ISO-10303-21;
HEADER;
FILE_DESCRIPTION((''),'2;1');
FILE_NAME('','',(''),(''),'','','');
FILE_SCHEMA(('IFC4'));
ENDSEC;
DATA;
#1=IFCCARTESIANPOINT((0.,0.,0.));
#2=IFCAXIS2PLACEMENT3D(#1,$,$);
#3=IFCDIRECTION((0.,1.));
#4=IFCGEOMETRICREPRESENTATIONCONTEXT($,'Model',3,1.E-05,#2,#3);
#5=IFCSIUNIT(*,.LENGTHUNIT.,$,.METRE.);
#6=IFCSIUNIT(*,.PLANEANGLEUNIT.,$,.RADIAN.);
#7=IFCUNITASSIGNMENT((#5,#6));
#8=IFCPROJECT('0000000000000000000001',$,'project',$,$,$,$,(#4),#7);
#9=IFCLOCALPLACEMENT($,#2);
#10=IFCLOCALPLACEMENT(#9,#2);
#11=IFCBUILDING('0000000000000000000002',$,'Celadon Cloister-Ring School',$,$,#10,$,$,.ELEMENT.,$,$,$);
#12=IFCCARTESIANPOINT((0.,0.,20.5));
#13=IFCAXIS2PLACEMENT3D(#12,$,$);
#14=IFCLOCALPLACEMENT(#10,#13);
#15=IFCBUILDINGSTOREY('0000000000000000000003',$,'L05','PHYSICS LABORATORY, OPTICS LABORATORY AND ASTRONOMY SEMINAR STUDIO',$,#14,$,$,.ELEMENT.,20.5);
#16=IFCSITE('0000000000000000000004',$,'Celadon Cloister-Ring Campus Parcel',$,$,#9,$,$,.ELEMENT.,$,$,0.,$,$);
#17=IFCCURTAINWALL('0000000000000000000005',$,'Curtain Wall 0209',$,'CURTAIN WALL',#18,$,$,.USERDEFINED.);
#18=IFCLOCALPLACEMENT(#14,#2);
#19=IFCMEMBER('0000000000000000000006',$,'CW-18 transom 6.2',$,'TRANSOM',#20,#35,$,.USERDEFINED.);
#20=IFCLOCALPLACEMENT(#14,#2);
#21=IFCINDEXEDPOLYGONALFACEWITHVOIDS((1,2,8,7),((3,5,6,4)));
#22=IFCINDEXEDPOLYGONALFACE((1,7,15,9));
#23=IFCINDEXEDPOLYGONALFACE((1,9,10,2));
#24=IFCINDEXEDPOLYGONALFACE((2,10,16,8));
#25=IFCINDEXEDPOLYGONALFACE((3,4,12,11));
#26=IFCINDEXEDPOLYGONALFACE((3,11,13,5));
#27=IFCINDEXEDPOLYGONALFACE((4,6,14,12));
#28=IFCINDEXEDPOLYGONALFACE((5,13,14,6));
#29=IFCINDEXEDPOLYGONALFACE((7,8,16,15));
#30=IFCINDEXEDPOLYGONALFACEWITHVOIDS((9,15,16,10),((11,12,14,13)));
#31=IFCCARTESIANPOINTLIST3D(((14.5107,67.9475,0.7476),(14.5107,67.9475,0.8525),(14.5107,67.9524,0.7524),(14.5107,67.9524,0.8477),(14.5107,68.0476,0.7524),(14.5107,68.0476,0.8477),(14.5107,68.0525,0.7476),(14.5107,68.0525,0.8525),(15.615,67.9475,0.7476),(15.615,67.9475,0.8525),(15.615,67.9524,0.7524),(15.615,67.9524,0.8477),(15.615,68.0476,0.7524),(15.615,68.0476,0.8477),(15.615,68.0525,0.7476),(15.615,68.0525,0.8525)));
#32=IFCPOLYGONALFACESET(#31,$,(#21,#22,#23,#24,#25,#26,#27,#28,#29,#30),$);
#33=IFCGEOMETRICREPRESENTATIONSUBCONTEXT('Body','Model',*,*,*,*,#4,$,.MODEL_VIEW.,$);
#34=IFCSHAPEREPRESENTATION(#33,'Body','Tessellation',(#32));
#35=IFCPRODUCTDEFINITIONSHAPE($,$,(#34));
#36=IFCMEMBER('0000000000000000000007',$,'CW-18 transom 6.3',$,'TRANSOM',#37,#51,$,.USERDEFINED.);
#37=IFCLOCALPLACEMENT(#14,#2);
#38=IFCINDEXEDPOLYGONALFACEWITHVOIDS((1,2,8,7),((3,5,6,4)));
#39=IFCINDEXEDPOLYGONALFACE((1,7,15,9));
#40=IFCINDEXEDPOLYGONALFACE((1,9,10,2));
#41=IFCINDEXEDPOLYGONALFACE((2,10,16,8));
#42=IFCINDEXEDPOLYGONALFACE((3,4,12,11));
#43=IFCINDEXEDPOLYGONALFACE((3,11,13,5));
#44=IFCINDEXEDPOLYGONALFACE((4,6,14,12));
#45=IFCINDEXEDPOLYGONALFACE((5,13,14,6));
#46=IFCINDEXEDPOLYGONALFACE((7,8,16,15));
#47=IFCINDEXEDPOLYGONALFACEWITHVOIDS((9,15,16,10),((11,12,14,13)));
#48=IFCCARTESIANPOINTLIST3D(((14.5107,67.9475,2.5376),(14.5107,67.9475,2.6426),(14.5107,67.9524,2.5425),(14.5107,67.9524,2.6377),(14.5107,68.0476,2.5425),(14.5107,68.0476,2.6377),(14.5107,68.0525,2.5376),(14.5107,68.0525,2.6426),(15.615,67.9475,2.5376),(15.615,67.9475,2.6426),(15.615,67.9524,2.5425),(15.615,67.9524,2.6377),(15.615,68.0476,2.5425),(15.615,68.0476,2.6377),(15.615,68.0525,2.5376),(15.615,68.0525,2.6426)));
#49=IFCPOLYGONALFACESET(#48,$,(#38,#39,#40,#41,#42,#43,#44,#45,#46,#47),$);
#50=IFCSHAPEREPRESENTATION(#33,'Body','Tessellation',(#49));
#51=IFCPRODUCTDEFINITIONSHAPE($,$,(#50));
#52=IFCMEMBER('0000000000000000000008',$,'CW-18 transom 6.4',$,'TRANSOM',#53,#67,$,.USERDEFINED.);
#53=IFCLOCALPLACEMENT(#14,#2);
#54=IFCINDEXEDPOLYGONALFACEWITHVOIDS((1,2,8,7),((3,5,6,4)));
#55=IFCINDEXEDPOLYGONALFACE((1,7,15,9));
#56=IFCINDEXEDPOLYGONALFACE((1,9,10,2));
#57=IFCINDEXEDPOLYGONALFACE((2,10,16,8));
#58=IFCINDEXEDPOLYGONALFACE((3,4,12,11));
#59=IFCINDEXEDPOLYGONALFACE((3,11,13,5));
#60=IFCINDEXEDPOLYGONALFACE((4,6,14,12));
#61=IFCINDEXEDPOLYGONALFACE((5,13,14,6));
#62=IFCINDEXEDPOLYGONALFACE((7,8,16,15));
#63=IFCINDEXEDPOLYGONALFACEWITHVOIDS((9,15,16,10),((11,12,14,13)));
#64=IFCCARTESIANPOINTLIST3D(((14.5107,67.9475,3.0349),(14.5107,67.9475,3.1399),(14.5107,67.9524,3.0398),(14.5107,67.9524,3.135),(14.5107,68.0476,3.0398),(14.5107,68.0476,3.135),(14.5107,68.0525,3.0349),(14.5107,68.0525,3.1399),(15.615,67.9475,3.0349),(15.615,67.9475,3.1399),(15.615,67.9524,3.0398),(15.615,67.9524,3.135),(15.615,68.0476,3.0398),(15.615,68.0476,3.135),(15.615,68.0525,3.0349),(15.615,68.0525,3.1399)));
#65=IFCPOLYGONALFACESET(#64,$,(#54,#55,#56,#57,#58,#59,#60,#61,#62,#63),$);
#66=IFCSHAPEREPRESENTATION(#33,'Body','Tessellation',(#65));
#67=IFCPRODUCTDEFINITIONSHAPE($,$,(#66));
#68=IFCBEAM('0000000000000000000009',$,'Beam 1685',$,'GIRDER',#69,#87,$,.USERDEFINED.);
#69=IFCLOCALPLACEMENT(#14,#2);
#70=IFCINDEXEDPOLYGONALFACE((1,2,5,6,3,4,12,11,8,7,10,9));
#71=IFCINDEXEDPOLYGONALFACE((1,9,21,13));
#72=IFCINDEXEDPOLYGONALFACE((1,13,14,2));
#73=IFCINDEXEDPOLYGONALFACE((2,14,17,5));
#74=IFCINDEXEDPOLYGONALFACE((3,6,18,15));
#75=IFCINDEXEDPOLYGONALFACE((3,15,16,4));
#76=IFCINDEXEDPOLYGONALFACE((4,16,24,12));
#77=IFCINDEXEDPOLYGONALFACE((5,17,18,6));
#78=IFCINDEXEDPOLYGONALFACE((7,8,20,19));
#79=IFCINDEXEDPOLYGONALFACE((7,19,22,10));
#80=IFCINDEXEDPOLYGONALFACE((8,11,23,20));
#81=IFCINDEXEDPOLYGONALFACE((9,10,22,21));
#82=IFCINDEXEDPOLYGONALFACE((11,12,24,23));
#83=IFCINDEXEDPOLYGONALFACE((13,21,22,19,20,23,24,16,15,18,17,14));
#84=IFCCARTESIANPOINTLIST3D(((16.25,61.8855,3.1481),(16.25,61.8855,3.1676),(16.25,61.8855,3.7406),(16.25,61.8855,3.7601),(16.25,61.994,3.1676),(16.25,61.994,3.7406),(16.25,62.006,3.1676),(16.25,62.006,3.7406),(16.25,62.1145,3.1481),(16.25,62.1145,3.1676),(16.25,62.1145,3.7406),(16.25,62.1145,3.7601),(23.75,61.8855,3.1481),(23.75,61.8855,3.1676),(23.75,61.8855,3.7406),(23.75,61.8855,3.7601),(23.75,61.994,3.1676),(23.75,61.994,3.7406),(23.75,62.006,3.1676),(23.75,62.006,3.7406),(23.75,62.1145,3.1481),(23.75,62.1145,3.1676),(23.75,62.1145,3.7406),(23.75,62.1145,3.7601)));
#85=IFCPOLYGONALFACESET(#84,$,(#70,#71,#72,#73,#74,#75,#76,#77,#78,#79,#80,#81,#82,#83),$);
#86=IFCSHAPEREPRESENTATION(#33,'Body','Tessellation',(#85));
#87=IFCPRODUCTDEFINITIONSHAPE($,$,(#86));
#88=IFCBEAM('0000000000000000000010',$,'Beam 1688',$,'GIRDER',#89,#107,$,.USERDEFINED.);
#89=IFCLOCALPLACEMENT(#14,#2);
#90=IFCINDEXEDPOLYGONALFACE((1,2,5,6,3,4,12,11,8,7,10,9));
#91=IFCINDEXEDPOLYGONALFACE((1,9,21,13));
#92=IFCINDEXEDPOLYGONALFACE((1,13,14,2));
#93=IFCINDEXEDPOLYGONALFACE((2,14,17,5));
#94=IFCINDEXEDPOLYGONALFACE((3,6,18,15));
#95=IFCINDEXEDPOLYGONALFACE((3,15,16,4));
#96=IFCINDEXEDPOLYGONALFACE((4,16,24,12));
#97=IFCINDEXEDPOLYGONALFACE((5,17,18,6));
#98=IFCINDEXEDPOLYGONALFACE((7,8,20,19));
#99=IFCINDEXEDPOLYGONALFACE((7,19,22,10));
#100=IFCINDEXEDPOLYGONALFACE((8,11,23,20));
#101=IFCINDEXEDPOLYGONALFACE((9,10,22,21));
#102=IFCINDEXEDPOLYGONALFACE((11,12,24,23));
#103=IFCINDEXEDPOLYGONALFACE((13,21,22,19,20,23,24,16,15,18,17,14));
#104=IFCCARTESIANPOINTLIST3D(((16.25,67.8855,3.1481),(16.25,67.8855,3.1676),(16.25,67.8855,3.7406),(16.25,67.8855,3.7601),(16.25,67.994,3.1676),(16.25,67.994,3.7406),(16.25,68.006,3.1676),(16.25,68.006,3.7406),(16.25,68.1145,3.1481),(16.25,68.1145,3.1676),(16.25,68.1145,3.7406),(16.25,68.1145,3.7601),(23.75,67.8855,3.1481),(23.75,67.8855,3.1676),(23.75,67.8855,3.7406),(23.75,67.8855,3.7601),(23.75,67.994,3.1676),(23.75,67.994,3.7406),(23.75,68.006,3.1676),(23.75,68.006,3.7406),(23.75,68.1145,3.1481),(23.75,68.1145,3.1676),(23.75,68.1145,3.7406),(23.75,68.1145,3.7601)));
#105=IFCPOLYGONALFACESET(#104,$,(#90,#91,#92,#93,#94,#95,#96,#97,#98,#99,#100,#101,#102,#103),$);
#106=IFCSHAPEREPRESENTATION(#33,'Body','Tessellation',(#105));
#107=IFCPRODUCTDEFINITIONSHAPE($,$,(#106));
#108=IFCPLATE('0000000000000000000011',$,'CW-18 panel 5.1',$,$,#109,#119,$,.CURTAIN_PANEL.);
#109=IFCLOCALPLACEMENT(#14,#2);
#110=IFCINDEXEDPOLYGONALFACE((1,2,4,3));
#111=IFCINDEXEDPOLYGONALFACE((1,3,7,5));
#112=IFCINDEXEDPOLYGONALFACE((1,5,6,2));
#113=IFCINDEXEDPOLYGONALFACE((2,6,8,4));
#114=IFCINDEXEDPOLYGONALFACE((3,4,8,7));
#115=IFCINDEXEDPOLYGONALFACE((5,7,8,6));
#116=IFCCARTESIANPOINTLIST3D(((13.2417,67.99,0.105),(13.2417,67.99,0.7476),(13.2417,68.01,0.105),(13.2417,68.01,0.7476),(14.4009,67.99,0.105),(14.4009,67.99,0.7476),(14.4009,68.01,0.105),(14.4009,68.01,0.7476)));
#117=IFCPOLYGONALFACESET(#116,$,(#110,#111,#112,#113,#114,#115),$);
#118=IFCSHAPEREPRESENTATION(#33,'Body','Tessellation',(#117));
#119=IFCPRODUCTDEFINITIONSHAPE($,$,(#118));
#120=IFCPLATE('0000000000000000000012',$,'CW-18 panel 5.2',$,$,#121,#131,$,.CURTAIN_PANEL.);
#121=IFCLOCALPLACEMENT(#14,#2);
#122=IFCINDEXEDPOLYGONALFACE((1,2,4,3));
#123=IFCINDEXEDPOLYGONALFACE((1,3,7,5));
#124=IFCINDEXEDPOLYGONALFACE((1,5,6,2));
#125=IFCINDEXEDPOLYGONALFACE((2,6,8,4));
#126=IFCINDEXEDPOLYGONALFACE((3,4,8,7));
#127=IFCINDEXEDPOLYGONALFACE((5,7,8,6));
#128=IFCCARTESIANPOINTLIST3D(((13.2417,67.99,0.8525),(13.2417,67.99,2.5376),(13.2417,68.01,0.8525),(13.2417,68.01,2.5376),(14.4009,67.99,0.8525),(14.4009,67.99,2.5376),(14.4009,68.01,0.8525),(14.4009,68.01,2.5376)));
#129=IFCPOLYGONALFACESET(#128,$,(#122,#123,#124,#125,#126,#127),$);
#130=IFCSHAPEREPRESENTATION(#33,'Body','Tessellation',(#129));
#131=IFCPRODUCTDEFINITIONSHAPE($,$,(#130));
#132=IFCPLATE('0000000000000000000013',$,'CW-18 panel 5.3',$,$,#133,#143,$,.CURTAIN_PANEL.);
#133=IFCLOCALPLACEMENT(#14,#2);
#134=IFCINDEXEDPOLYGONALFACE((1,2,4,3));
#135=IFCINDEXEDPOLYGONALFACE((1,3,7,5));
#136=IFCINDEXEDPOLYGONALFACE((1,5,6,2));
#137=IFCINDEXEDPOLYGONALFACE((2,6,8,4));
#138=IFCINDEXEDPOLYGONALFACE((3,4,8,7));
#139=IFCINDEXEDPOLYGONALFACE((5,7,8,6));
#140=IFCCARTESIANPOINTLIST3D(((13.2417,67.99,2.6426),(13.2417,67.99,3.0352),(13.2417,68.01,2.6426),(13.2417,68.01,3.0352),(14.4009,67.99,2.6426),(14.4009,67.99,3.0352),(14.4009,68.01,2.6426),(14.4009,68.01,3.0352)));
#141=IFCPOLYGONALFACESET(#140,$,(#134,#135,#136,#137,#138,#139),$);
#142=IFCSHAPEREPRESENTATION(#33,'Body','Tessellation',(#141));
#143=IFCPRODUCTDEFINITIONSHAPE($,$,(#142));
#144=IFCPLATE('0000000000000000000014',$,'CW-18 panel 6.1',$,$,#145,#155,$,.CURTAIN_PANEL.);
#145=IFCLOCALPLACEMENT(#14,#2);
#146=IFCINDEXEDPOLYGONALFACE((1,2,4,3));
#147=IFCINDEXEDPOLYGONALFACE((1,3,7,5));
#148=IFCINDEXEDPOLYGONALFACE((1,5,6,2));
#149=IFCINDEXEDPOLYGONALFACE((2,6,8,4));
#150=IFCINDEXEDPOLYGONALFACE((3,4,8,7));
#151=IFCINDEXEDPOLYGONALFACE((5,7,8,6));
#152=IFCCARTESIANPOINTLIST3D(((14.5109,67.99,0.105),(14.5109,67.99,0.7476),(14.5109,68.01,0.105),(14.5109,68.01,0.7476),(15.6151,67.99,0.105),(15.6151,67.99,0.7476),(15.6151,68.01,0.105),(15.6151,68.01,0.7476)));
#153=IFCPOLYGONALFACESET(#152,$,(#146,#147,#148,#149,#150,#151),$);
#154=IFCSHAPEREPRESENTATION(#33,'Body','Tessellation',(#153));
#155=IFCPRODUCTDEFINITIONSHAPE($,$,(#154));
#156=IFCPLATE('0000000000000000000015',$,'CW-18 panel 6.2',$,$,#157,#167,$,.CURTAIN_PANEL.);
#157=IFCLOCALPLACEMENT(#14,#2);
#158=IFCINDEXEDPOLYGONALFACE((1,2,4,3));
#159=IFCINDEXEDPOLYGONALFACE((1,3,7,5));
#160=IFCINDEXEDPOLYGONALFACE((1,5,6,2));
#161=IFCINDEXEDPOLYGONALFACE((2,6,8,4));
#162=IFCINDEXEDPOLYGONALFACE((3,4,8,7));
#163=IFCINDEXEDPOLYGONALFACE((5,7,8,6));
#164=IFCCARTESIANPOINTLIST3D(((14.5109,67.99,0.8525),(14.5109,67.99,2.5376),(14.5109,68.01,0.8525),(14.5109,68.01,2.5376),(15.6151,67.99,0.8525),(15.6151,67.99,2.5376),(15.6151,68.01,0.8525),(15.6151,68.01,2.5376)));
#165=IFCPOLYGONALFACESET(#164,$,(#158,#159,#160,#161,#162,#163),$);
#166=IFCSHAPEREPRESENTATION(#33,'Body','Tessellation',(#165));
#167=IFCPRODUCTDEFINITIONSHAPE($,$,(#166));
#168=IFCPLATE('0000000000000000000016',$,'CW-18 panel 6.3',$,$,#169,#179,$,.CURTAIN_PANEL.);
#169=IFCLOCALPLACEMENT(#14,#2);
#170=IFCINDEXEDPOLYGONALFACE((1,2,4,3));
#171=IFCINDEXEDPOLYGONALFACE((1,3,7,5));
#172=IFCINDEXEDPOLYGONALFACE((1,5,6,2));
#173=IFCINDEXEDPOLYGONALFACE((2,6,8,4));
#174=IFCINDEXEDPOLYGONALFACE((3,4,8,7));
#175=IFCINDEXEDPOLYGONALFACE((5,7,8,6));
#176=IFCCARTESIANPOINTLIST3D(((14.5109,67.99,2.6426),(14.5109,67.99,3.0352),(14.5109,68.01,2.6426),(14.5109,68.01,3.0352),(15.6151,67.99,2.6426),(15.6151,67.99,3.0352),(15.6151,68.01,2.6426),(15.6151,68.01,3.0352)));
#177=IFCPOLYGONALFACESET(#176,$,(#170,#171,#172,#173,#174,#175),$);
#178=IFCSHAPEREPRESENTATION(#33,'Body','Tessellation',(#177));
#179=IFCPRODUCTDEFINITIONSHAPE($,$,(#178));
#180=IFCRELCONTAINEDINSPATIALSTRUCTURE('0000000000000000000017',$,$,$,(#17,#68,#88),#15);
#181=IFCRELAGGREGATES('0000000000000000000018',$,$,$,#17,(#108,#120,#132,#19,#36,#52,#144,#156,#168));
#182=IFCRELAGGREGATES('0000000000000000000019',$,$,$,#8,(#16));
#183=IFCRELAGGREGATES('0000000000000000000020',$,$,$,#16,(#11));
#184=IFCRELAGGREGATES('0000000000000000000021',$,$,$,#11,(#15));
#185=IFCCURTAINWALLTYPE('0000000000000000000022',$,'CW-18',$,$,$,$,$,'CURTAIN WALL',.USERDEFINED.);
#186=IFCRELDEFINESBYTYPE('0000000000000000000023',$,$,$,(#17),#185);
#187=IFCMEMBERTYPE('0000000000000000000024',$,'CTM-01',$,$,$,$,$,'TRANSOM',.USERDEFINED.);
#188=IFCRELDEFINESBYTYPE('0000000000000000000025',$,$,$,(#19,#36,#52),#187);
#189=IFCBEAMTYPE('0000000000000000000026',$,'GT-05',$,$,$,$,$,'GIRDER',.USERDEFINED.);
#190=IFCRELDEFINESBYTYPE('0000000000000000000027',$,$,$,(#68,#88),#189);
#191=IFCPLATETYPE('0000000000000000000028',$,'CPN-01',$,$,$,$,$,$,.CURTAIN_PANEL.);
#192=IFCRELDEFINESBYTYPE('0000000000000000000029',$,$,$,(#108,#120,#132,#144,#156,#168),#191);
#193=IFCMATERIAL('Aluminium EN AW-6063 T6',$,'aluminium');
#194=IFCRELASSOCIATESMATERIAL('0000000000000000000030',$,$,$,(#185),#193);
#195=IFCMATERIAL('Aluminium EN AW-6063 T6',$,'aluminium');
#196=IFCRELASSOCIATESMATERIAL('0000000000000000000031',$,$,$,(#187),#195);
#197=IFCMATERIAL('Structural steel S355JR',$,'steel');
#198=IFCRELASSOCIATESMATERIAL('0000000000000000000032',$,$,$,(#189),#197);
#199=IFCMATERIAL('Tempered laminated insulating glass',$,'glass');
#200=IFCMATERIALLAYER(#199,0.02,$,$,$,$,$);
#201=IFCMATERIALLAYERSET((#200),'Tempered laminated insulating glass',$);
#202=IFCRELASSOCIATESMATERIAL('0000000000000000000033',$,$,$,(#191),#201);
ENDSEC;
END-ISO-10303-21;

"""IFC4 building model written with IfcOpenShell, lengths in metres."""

from ifc_helpers import new_model, si_unit, direction, frame, origin, origin_2d, place, context, subcontext, project, spatial, rectangle, hollow_rectangle, i_section, extrude, material, layer, layer_set, material_profile, profile_set, type_object, element, aggregate, save


model = new_model("IFC4")

# Units and contexts
model_context = context("Model", 3, precision=1e-05, world=origin(), true_north=direction((0.0, 1.0)))
body_context = subcontext(model_context, "Body", "Model", "MODEL_VIEW")
ifc_project = project(units=[si_unit("LENGTHUNIT", "METRE"), si_unit("PLANEANGLEUNIT", "RADIAN")], contexts=[model_context])

# Site, building, storey
site_placement = place(None, origin())
site = spatial("IfcSite", under=ifc_project, at=site_placement, Name="Celadon Cloister-Ring Campus Parcel", CompositionType="ELEMENT", RefElevation=0.0)
building_placement = place(site_placement, origin())
building = spatial("IfcBuilding", under=site, at=building_placement, Name="Celadon Cloister-Ring School", CompositionType="ELEMENT")
storey_placement = place(building_placement, frame((0.0, 0.0, 20.5)))
storey = spatial("IfcBuildingStorey", under=building, at=storey_placement, Name="L05", Description="PHYSICS LABORATORY, OPTICS LABORATORY AND ASTRONOMY SEMINAR STUDIO", CompositionType="ELEMENT", Elevation=20.5)

# Curtain wall, members
ifc_material_1 = material(Name="Aluminium EN AW-6063 T6", Category="aluminium")
curtain_wall_type = type_object("IfcCurtainWallType", Name="CW-18", ElementType="CURTAIN WALL", PredefinedType="USERDEFINED", material=ifc_material_1)
curtain_wall_placement = place(storey_placement, origin())
curtain_wall = element("IfcCurtainWall", 1, at=curtain_wall_placement, inside=storey, type_object=curtain_wall_type, Name="Curtain Wall 0209", ObjectType="CURTAIN WALL", PredefinedType="USERDEFINED")
ifc_material_2 = material(Name="Aluminium EN AW-6063 T6", Category="aluminium")
ifc_material_profile_1 = material_profile(ifc_material_2, hollow_rectangle(XDim=0.105, YDim=0.105, WallThickness=0.0049, at=origin_2d()), Name="RHS105X105X5")
ifc_profile_set_1 = profile_set([ifc_material_profile_1], Name="Aluminium EN AW-6063 T6")
member_type_1 = type_object("IfcMemberType", Name="CTM-01", ElementType="TRANSOM", PredefinedType="USERDEFINED", material=ifc_profile_set_1)
member_1_placement = place(storey_placement, frame((14.5107, 68.0, 0.8), z_axis=(1.0, 0.0, 0.0), x_axis=(0.0, 1.0, 0.0)))
member_1 = element("IfcMember", 2, at=member_1_placement, type_object=member_type_1, Name="CW-18 transom 6.2", ObjectType="TRANSOM", PredefinedType="USERDEFINED", context=body_context, shape_type="SweptSolid", body=[
    extrude(hollow_rectangle(XDim=0.105, YDim=0.105, WallThickness=0.0049, at=origin_2d()), origin(), (0.0, 0.0, 1.0), 1.1042),
])
member_2_placement = place(storey_placement, frame((14.5107, 68.0, 2.5901), z_axis=(1.0, 0.0, 0.0), x_axis=(0.0, 1.0, 0.0)))
member_2 = element("IfcMember", 3, at=member_2_placement, type_object=member_type_1, Name="CW-18 transom 6.3", ObjectType="TRANSOM", PredefinedType="USERDEFINED", context=body_context, shape_type="SweptSolid", body=[
    extrude(hollow_rectangle(XDim=0.105, YDim=0.105, WallThickness=0.0049, at=origin_2d()), origin(), (0.0, 0.0, 1.0), 1.1042),
])
member_3_placement = place(storey_placement, frame((14.5107, 68.0, 3.0874), z_axis=(1.0, 0.0, 0.0), x_axis=(0.0, 1.0, 0.0)))
member_3 = element("IfcMember", 4, at=member_3_placement, type_object=member_type_1, Name="CW-18 transom 6.4", ObjectType="TRANSOM", PredefinedType="USERDEFINED", context=body_context, shape_type="SweptSolid", body=[
    extrude(hollow_rectangle(XDim=0.105, YDim=0.105, WallThickness=0.0049, at=origin_2d()), origin(), (0.0, 0.0, 1.0), 1.1042),
])

# Beams
ifc_material_3 = material(Name="Structural steel S355JR", Category="steel")
ifc_material_profile_2 = material_profile(ifc_material_3, i_section(OverallWidth=0.229, OverallDepth=0.6121, WebThickness=0.012, FlangeThickness=0.0195, at=origin_2d()), Name="W610X125")
ifc_profile_set_2 = profile_set([ifc_material_profile_2], Name="Structural steel S355JR")
beam_type_1 = type_object("IfcBeamType", Name="GT-05", ElementType="GIRDER", PredefinedType="USERDEFINED", material=ifc_profile_set_2)
for number, where, z_axis, x_axis, name in (
    (5, (16.25, 62.0, 3.4541), (1.0, 0.0, 0.0), (0.0, 1.0, 0.0), "Beam 1685"),
    (6, (16.25, 68.0, 3.4541), (1.0, 0.0, 0.0), (0.0, 1.0, 0.0), "Beam 1688"),
):
    element("IfcBeam", number, at=place(storey_placement, frame(where, z_axis=z_axis, x_axis=x_axis)), inside=storey, type_object=beam_type_1, Name=name, ObjectType="GIRDER", PredefinedType="USERDEFINED", context=body_context, shape_type="SweptSolid", body=[
        extrude(i_section(OverallWidth=0.229, OverallDepth=0.6121, WebThickness=0.012, FlangeThickness=0.0195, at=origin_2d()), origin(), (0.0, 0.0, 1.0), 7.5),
    ])

# Plates
ifc_material_4 = material(Name="Tempered laminated insulating glass", Category="glass")
ifc_layer_1 = layer(ifc_material_4, 0.02)
ifc_layer_set_1 = layer_set([ifc_layer_1], Name="Tempered laminated insulating glass")
plate_type = type_object("IfcPlateType", Name="CPN-01", PredefinedType="CURTAIN_PANEL", material=ifc_layer_set_1)
plate_1_placement = place(storey_placement, frame((13.8213, 68.0, 0.105), z_axis=(0.0, 0.0, 1.0), x_axis=(1.0, 0.0, 0.0)))
plate_1 = element("IfcPlate", 7, at=plate_1_placement, type_object=plate_type, Name="CW-18 panel 5.1", PredefinedType="CURTAIN_PANEL", context=body_context, shape_type="SweptSolid", body=[
    extrude(rectangle(XDim=1.1592, YDim=0.02, at=origin_2d()), origin(), (0.0, 0.0, 1.0), 0.6426),
])
plate_2_placement = place(storey_placement, frame((13.8213, 68.0, 0.8525), z_axis=(0.0, 0.0, 1.0), x_axis=(1.0, 0.0, 0.0)))
plate_2 = element("IfcPlate", 8, at=plate_2_placement, type_object=plate_type, Name="CW-18 panel 5.2", PredefinedType="CURTAIN_PANEL", context=body_context, shape_type="SweptSolid", body=[
    extrude(rectangle(XDim=1.1592, YDim=0.02, at=origin_2d()), origin(), (0.0, 0.0, 1.0), 1.6851),
])
plate_3_placement = place(storey_placement, frame((13.8213, 68.0, 2.6426), z_axis=(0.0, 0.0, 1.0), x_axis=(1.0, 0.0, 0.0)))
plate_3 = element("IfcPlate", 9, at=plate_3_placement, type_object=plate_type, Name="CW-18 panel 5.3", PredefinedType="CURTAIN_PANEL", context=body_context, shape_type="SweptSolid", body=[
    extrude(rectangle(XDim=1.1592, YDim=0.02, at=origin_2d()), origin(), (0.0, 0.0, 1.0), 0.3926),
])
plate_4_placement = place(storey_placement, frame((15.063, 68.0, 0.105), z_axis=(0.0, 0.0, 1.0), x_axis=(1.0, 0.0, 0.0)))
plate_4 = element("IfcPlate", 10, at=plate_4_placement, type_object=plate_type, Name="CW-18 panel 6.1", PredefinedType="CURTAIN_PANEL", context=body_context, shape_type="SweptSolid", body=[
    extrude(rectangle(XDim=1.1042, YDim=0.02, at=origin_2d()), origin(), (0.0, 0.0, 1.0), 0.6426),
])
plate_5_placement = place(storey_placement, frame((15.063, 68.0, 0.8525), z_axis=(0.0, 0.0, 1.0), x_axis=(1.0, 0.0, 0.0)))
plate_5 = element("IfcPlate", 11, at=plate_5_placement, type_object=plate_type, Name="CW-18 panel 6.2", PredefinedType="CURTAIN_PANEL", context=body_context, shape_type="SweptSolid", body=[
    extrude(rectangle(XDim=1.1042, YDim=0.02, at=origin_2d()), origin(), (0.0, 0.0, 1.0), 1.6851),
])
plate_6_placement = place(storey_placement, frame((15.063, 68.0, 2.6426), z_axis=(0.0, 0.0, 1.0), x_axis=(1.0, 0.0, 0.0)))
plate_6 = element("IfcPlate", 12, at=plate_6_placement, type_object=plate_type, Name="CW-18 panel 6.3", PredefinedType="CURTAIN_PANEL", context=body_context, shape_type="SweptSolid", body=[
    extrude(rectangle(XDim=1.1042, YDim=0.02, at=origin_2d()), origin(), (0.0, 0.0, 1.0), 0.3926),
])
aggregate(curtain_wall, [plate_1, plate_2, plate_3, member_1, member_2, member_3, plate_4, plate_5, plate_6])

save(model, "model.ifc")
